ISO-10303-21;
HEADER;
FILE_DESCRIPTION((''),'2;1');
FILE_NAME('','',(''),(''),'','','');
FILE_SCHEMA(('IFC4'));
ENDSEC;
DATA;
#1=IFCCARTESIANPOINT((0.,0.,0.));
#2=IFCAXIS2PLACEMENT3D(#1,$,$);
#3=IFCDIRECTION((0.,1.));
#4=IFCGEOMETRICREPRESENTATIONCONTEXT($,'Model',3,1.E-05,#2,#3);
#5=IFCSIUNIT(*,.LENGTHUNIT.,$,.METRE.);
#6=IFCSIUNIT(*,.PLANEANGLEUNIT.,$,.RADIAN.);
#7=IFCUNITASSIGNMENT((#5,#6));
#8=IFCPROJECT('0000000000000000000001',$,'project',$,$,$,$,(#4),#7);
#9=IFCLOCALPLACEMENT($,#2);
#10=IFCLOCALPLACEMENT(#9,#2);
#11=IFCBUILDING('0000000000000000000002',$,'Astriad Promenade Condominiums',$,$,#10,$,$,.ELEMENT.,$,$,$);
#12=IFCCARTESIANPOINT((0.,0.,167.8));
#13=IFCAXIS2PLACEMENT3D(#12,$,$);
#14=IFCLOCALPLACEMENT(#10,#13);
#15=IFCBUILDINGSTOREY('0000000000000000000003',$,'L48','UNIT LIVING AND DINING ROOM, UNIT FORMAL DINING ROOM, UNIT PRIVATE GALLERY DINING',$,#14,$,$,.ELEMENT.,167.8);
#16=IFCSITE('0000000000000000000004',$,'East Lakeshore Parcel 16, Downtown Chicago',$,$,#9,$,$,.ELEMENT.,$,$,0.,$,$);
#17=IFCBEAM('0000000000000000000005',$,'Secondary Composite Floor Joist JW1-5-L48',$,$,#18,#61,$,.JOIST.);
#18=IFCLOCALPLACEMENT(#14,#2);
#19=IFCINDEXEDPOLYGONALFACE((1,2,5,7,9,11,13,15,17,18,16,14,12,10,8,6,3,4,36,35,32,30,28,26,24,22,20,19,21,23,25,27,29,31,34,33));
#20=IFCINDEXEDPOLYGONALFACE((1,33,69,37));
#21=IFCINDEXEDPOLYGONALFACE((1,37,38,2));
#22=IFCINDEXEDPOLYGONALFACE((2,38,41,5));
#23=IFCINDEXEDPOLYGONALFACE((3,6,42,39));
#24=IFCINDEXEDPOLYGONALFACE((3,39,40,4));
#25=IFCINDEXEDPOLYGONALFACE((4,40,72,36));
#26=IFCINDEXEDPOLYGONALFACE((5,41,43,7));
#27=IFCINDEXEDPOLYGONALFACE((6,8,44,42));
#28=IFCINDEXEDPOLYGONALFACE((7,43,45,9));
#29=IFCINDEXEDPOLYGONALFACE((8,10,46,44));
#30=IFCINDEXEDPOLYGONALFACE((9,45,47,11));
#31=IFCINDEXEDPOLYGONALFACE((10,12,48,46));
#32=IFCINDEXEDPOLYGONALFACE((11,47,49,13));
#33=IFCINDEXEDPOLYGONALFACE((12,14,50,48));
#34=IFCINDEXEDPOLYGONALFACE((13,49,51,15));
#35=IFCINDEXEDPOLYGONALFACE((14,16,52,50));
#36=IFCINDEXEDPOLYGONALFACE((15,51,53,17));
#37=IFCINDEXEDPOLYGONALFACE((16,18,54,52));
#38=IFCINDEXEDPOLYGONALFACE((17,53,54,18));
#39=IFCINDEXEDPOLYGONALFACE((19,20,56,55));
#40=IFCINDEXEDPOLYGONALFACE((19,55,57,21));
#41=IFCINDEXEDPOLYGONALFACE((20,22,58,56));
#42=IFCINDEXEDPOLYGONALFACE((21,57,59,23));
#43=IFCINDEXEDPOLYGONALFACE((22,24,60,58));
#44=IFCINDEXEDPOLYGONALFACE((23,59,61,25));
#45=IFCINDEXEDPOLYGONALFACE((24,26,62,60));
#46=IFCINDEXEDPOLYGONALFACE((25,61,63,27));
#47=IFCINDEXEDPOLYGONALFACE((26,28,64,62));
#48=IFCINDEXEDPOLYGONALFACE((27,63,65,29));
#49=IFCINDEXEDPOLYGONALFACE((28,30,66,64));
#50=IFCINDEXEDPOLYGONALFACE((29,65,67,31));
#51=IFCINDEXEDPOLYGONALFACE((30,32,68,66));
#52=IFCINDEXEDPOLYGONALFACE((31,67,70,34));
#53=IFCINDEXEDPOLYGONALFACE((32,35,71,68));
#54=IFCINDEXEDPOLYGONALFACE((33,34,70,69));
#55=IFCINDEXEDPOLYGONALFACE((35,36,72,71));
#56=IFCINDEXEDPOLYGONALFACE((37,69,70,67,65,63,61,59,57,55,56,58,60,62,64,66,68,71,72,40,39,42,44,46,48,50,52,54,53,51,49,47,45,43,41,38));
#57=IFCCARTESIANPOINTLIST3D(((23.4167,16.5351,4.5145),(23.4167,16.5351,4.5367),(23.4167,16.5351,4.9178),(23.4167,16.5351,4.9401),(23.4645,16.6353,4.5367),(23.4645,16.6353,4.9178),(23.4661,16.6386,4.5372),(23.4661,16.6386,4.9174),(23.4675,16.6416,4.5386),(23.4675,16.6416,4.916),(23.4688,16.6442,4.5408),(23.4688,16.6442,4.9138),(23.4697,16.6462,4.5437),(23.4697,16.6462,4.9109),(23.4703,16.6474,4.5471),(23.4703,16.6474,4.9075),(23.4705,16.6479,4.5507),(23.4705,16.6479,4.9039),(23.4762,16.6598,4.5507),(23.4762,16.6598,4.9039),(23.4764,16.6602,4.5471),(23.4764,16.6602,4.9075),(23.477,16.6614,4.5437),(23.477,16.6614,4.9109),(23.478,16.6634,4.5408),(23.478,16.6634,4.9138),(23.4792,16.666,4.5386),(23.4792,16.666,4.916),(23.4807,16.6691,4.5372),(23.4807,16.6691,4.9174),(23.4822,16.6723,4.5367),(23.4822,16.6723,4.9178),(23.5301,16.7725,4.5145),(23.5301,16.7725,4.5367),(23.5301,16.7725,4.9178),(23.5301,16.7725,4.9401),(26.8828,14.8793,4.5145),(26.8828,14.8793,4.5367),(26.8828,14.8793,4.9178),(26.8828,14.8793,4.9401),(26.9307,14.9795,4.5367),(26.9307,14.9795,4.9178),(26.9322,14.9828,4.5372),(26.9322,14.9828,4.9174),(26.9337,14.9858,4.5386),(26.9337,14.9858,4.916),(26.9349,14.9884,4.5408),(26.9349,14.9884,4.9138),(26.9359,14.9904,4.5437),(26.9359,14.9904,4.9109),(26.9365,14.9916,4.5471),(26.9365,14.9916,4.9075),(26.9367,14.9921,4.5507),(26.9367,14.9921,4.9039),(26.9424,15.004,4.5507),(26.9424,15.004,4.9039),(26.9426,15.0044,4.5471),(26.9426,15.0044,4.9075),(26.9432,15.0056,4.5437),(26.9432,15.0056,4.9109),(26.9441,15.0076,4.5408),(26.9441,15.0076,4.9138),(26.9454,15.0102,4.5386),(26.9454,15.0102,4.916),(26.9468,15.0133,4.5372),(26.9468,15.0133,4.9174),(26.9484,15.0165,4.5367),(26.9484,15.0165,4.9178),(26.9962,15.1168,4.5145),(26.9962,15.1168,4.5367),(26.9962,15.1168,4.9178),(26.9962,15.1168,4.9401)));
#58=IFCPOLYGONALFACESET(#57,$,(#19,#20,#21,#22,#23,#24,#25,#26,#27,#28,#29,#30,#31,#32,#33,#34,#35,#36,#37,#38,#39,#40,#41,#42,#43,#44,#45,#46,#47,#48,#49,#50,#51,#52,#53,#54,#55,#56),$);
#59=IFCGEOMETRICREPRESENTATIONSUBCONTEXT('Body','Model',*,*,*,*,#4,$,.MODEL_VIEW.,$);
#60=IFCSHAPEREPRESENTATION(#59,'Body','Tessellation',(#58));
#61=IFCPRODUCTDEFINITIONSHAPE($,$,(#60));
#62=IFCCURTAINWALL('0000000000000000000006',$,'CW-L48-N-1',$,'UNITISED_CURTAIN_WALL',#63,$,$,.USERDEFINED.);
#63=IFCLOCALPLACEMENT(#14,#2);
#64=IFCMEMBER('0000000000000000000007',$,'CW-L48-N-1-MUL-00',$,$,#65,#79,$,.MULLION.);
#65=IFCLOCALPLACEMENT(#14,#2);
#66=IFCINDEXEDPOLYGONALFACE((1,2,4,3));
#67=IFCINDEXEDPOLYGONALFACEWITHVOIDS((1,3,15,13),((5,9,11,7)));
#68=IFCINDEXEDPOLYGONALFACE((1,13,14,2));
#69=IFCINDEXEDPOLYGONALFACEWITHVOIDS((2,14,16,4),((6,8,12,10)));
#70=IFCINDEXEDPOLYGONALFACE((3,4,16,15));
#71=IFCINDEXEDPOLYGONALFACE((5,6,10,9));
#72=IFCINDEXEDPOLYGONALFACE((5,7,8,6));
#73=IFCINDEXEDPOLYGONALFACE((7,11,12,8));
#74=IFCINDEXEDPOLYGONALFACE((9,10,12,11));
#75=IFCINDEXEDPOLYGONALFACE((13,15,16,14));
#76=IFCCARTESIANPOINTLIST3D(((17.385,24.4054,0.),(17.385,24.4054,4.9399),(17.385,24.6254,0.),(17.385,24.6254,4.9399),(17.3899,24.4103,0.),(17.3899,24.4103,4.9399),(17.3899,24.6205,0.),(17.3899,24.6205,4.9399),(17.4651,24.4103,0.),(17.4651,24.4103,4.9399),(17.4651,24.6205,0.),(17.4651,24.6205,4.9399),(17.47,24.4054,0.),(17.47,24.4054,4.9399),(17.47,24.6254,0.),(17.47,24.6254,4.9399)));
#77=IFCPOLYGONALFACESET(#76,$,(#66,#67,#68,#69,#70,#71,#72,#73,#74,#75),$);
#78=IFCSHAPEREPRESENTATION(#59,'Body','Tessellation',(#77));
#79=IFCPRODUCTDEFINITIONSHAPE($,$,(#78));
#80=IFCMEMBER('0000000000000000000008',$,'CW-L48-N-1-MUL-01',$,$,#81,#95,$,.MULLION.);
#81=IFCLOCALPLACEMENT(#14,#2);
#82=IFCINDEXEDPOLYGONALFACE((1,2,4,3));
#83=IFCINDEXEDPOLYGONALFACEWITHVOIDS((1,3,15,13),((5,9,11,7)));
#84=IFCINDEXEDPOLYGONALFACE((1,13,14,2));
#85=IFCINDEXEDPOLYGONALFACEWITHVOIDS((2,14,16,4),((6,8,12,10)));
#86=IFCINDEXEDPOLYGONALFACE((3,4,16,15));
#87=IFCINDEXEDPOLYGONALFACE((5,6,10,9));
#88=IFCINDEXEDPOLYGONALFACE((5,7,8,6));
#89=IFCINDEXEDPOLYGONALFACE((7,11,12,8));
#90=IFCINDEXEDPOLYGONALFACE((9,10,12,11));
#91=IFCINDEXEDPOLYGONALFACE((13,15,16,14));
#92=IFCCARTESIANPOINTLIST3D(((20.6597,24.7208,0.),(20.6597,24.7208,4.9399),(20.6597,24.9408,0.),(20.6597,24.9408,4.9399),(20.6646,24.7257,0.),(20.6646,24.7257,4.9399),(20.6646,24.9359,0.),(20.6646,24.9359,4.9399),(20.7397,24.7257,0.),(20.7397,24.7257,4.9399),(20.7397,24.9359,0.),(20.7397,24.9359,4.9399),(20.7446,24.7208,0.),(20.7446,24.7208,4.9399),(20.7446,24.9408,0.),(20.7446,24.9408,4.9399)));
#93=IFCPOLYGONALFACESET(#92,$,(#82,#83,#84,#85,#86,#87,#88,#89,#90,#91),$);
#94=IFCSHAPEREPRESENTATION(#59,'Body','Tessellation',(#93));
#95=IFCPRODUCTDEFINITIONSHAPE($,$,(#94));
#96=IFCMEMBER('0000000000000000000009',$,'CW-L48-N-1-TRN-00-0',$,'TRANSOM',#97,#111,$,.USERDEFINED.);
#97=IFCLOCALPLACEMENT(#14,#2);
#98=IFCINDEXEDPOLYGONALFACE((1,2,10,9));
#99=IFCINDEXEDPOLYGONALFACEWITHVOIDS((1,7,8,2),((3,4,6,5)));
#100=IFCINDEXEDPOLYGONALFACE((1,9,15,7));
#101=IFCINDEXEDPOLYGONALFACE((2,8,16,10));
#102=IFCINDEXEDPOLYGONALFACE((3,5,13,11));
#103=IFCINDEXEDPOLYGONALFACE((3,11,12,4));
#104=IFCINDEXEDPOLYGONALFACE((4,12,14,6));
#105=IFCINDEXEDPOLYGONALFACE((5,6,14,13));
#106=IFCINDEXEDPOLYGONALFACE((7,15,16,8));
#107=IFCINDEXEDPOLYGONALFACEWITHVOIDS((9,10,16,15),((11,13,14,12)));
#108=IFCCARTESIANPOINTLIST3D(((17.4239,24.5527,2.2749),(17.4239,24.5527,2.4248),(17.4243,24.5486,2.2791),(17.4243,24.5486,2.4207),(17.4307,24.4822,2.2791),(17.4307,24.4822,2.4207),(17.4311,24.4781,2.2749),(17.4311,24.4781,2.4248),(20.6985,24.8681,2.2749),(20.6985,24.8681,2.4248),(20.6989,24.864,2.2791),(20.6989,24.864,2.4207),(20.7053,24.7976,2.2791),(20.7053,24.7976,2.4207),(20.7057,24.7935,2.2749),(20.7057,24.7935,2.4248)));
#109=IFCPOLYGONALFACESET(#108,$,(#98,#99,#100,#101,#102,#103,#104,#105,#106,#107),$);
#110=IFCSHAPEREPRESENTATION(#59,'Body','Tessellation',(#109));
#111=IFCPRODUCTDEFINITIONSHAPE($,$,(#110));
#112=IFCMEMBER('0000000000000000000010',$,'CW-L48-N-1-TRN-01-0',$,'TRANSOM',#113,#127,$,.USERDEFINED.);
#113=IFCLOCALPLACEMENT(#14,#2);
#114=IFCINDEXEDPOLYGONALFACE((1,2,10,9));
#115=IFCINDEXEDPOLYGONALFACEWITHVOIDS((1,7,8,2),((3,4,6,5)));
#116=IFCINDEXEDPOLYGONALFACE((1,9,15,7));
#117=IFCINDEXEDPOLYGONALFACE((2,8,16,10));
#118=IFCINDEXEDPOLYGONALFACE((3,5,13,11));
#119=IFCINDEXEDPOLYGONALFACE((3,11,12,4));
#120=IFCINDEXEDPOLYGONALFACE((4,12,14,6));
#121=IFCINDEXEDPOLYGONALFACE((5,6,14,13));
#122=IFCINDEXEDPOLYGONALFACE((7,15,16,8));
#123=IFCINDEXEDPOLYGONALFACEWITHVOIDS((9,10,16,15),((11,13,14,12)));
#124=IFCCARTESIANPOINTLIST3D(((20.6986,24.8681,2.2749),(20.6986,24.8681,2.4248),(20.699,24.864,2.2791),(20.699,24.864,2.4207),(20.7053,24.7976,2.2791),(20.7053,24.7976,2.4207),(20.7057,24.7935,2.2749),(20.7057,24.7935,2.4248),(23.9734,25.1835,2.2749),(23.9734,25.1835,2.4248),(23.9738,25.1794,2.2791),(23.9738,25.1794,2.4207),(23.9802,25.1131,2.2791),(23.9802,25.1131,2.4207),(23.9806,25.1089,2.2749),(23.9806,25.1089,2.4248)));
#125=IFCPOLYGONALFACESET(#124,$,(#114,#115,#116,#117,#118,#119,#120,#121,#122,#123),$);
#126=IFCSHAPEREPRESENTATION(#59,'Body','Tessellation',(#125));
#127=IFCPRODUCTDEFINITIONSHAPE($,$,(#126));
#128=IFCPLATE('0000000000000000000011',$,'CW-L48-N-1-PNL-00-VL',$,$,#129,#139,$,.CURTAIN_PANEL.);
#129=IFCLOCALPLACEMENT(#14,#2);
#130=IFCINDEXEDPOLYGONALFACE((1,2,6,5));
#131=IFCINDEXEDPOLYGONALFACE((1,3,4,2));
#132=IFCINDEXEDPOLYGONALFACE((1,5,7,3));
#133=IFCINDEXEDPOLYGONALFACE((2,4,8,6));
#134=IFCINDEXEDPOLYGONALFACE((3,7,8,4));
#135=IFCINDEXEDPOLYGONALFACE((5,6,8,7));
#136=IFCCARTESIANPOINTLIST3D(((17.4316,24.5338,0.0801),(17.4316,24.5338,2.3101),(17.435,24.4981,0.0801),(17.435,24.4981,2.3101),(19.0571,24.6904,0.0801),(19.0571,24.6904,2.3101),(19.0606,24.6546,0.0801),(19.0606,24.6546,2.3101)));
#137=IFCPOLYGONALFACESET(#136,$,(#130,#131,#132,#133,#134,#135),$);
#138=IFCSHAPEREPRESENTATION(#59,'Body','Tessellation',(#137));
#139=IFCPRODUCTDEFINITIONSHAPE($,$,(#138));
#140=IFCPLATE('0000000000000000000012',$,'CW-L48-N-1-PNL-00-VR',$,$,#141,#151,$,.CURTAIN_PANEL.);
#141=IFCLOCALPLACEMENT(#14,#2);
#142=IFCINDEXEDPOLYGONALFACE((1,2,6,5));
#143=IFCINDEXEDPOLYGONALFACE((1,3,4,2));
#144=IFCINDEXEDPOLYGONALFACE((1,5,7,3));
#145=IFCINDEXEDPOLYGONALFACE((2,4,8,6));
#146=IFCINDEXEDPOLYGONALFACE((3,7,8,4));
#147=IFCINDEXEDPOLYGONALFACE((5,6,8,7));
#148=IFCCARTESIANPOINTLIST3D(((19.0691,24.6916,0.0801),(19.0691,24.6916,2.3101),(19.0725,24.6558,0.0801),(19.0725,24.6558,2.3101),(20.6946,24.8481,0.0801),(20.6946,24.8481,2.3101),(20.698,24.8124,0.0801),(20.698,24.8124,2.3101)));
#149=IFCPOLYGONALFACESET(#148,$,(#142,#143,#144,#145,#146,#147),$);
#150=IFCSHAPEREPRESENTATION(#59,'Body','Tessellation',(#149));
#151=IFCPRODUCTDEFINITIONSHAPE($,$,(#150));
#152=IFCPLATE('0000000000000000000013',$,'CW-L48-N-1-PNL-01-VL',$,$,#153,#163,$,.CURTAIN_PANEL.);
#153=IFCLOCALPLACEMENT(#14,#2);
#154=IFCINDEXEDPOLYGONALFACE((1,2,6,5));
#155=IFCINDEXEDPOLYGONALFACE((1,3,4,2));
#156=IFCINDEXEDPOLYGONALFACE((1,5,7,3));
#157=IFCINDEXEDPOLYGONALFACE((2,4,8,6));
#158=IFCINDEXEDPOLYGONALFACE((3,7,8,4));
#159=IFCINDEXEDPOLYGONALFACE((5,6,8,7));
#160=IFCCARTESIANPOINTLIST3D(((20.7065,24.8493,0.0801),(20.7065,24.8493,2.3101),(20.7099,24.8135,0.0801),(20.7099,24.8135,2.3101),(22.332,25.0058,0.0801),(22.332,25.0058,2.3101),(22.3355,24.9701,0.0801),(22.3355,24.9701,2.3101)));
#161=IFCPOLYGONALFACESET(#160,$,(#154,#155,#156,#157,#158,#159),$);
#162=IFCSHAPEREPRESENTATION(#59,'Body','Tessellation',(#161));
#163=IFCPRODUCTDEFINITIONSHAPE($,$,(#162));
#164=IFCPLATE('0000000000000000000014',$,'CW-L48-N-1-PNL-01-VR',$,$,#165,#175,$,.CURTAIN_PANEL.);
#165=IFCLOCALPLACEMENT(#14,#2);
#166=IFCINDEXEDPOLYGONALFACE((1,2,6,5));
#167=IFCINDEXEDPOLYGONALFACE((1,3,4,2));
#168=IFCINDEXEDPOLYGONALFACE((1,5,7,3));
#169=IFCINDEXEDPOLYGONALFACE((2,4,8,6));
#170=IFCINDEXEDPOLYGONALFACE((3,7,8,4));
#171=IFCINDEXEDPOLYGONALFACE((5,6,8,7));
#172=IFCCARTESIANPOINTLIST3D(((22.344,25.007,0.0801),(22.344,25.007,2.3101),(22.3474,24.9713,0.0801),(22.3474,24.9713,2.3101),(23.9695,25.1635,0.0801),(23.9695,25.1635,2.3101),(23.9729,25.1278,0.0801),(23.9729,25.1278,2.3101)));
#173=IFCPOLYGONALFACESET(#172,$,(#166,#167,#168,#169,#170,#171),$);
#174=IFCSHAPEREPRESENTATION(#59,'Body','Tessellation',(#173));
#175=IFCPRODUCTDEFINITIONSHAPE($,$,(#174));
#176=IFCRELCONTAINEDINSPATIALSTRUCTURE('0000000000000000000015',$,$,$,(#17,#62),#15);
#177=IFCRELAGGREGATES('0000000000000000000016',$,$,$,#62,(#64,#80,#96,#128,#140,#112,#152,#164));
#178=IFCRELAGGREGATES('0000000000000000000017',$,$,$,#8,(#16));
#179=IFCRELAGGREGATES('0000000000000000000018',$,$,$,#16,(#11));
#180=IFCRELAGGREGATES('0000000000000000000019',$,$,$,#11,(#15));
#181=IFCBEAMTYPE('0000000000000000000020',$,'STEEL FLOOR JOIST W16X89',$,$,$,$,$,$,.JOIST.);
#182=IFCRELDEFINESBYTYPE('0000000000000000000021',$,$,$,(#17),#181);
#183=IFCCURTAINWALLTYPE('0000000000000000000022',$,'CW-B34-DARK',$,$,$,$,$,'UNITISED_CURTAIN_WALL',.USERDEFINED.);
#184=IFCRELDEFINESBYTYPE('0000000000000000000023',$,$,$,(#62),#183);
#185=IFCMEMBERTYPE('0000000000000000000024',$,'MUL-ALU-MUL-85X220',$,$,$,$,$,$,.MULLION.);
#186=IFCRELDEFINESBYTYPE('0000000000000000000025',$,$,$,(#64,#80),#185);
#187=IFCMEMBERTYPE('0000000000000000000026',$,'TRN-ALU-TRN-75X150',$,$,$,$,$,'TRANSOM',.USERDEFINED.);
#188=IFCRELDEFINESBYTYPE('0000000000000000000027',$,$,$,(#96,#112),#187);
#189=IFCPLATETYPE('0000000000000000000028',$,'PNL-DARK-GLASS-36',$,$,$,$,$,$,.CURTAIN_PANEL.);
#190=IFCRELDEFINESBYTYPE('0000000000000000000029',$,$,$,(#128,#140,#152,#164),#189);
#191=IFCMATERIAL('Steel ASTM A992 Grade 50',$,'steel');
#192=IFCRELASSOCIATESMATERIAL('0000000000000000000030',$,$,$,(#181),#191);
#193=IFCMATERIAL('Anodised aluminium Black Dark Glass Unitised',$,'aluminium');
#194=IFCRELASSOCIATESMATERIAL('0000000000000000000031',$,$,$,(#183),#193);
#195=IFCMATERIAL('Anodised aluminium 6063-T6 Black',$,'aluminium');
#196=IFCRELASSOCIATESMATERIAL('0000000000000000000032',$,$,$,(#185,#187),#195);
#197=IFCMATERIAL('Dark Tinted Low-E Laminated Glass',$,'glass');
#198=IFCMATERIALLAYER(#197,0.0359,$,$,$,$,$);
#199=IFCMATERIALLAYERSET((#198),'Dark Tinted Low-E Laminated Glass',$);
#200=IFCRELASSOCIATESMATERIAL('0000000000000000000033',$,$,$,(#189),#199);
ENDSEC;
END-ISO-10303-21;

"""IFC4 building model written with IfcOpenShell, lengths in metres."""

from ifc_helpers import new_model, si_unit, direction, frame, origin, origin_2d, place, context, subcontext, project, spatial, rectangle, hollow_rectangle, i_section, extrude, source, transform, mapped, material, layer, layer_set, material_profile, profile_set, type_object, type_shapes, element, aggregate, save


model = new_model("IFC4")

# Units and contexts
model_context = context("Model", 3, precision=1e-05, world=origin(), true_north=direction((0.0, 1.0)))
body_context = subcontext(model_context, "Body", "Model", "MODEL_VIEW")
ifc_project = project(units=[si_unit("LENGTHUNIT", "METRE"), si_unit("PLANEANGLEUNIT", "RADIAN")], contexts=[model_context])

# Site, building, storey
site_placement = place(None, origin())
site = spatial("IfcSite", under=ifc_project, at=site_placement, Name="East Lakeshore Parcel 16, Downtown Chicago", CompositionType="ELEMENT", RefElevation=0.0)
building_placement = place(site_placement, origin())
building = spatial("IfcBuilding", under=site, at=building_placement, Name="Astriad Promenade Condominiums", CompositionType="ELEMENT")
storey_placement = place(building_placement, frame((0.0, 0.0, 167.8)))
storey = spatial("IfcBuildingStorey", under=building, at=storey_placement, Name="L48", Description="UNIT LIVING AND DINING ROOM, UNIT FORMAL DINING ROOM, UNIT PRIVATE GALLERY DINING", CompositionType="ELEMENT", Elevation=167.8)

# Beam
ifc_material_1 = material(Name="Steel ASTM A992 Grade 50", Category="steel")
ifc_material_profile_1 = material_profile(ifc_material_1, i_section(OverallWidth=0.2632, OverallDepth=0.4255, WebThickness=0.0132, FlangeThickness=0.0222, FilletRadius=0.0139, at=origin_2d()), Name="W16X89")
ifc_profile_set_1 = profile_set([ifc_material_profile_1], Name="Steel ASTM A992 Grade 50")
beam_type = type_object("IfcBeamType", Name="STEEL FLOOR JOIST W16X89", PredefinedType="JOIST", material=ifc_profile_set_1)
shared_shape_1 = source(origin(), body_context, "Body", "SweptSolid", [
    extrude(i_section(OverallWidth=0.2632, OverallDepth=0.4255, WebThickness=0.0132, FlangeThickness=0.0222, FilletRadius=0.0139, at=origin_2d()), origin(), (0.0, 0.0, 1.0), 3.8413),
])
beam_1_placement = place(storey_placement, frame((23.4734, 16.6538, 4.7273), z_axis=(0.902329, -0.431048, 0.0), x_axis=(0.431048, 0.902329, 0.0)))
element("IfcBeam", 1, at=beam_1_placement, inside=storey, type_object=beam_type, Name="Secondary Composite Floor Joist JW1-5-L48", PredefinedType="JOIST", context=body_context, shape_type="MappedRepresentation", body=[
    mapped(shared_shape_1, transform((0.0, 0.0, 0.0), scale=1.0)),
])

# Curtain wall, members, plates
ifc_material_2 = material(Name="Anodised aluminium Black Dark Glass Unitised", Category="aluminium")
curtain_wall_type = type_object("IfcCurtainWallType", Name="CW-B34-DARK", ElementType="UNITISED_CURTAIN_WALL", PredefinedType="USERDEFINED", material=ifc_material_2)
curtain_wall_placement = place(storey_placement, origin())
curtain_wall = element("IfcCurtainWall", 2, at=curtain_wall_placement, inside=storey, type_object=curtain_wall_type, Name="CW-L48-N-1", ObjectType="UNITISED_CURTAIN_WALL", PredefinedType="USERDEFINED")
ifc_material_3 = material(Name="Anodised aluminium 6063-T6 Black", Category="aluminium")
ifc_material_profile_2 = material_profile(ifc_material_3, hollow_rectangle(XDim=0.085, YDim=0.22, WallThickness=0.0049, at=origin_2d()), Name="ALU-MUL-85X220")
ifc_profile_set_2 = profile_set([ifc_material_profile_2], Name="Anodised aluminium 6063-T6 Black")
member_type_1 = type_object("IfcMemberType", Name="MUL-ALU-MUL-85X220", PredefinedType="MULLION", material=ifc_profile_set_2)
shared_shape_2 = source(origin(), body_context, "Body", "SweptSolid", [
    extrude(hollow_rectangle(XDim=0.085, YDim=0.22, WallThickness=0.0049, at=origin_2d()), origin(), (0.0, 0.0, 1.0), 4.9399),
])
type_shapes(member_type_1, [shared_shape_2])
member_1_placement = place(storey_placement, frame((17.4275, 24.5154, 0.0), z_axis=(0.0, 0.0, 1.0), x_axis=(1.0, 0.0, 0.0)))
member_1 = element("IfcMember", 3, at=member_1_placement, type_object=member_type_1, Name="CW-L48-N-1-MUL-00", PredefinedType="MULLION", context=body_context, shape_type="MappedRepresentation", body=[
    mapped(shared_shape_2, transform((0.0, 0.0, 0.0), scale=1.0)),
])
member_2_placement = place(storey_placement, frame((20.7021, 24.8308, 0.0), z_axis=(0.0, 0.0, 1.0), x_axis=(1.0, 0.0, 0.0)))
member_2 = element("IfcMember", 4, at=member_2_placement, type_object=member_type_1, Name="CW-L48-N-1-MUL-01", PredefinedType="MULLION", context=body_context, shape_type="MappedRepresentation", body=[
    mapped(shared_shape_2, transform((0.0, 0.0, 0.0), scale=1.0)),
])
ifc_material_profile_3 = material_profile(ifc_material_3, hollow_rectangle(XDim=0.075, YDim=0.1499, WallThickness=0.0042, at=origin_2d()), Name="ALU-TRN-75X150")
ifc_profile_set_3 = profile_set([ifc_material_profile_3], Name="Anodised aluminium 6063-T6 Black")
member_type_2 = type_object("IfcMemberType", Name="TRN-ALU-TRN-75X150", ElementType="TRANSOM", PredefinedType="USERDEFINED", material=ifc_profile_set_3)
shared_shape_3 = source(origin(), body_context, "Body", "SweptSolid", [
    extrude(hollow_rectangle(XDim=0.075, YDim=0.1499, WallThickness=0.0042, at=origin_2d()), origin(), (0.0, 0.0, 1.0), 3.2898),
])
member_3_placement = place(storey_placement, frame((17.4275, 24.5154, 2.3499), z_axis=(0.995393, 0.095881, 0.0), x_axis=(-0.095881, 0.995393, 0.0)))
member_3 = element("IfcMember", 5, at=member_3_placement, type_object=member_type_2, Name="CW-L48-N-1-TRN-00-0", ObjectType="TRANSOM", PredefinedType="USERDEFINED", context=body_context, shape_type="MappedRepresentation", body=[
    mapped(shared_shape_3, transform((0.0, 0.0, 0.0), scale=1.0)),
])
shared_shape_4 = source(origin(), body_context, "Body", "SweptSolid", [
    extrude(hollow_rectangle(XDim=0.075, YDim=0.1499, WallThickness=0.0042, at=origin_2d()), origin(), (0.0, 0.0, 1.0), 3.29),
])
type_shapes(member_type_2, [shared_shape_3, shared_shape_4])
member_4_placement = place(storey_placement, frame((20.7021, 24.8308, 2.3499), z_axis=(0.995394, 0.095874, 0.0), x_axis=(-0.095874, 0.995394, 0.0)))
member_4 = element("IfcMember", 6, at=member_4_placement, type_object=member_type_2, Name="CW-L48-N-1-TRN-01-0", ObjectType="TRANSOM", PredefinedType="USERDEFINED", context=body_context, shape_type="MappedRepresentation", body=[
    mapped(shared_shape_4, transform((0.0, 0.0, 0.0), scale=1.0)),
])
ifc_material_4 = material(Name="Dark Tinted Low-E Laminated Glass", Category="glass")
ifc_layer_1 = layer(ifc_material_4, 0.0359)
ifc_layer_set_1 = layer_set([ifc_layer_1], Name="Dark Tinted Low-E Laminated Glass")
plate_type = type_object("IfcPlateType", Name="PNL-DARK-GLASS-36", PredefinedType="CURTAIN_PANEL", material=ifc_layer_set_1)
shared_shape_5 = source(origin(), body_context, "Body", "SweptSolid", [
    extrude(rectangle(XDim=1.6331, YDim=0.0359, at=origin_2d()), origin(), (0.0, 0.0, 1.0), 2.23),
])
plate_1_placement = place(storey_placement, frame((18.2461, 24.5942, 0.0801), z_axis=(0.0, 0.0, 1.0), x_axis=(0.995396, 0.095846, 0.0)))
plate_1 = element("IfcPlate", 7, at=plate_1_placement, type_object=plate_type, Name="CW-L48-N-1-PNL-00-VL", PredefinedType="CURTAIN_PANEL", context=body_context, shape_type="MappedRepresentation", body=[
    mapped(shared_shape_5, transform((0.0, 0.0, 0.0), scale=1.0)),
])
plate_2_placement = place(storey_placement, frame((19.8835, 24.752, 0.0801), z_axis=(0.0, 0.0, 1.0), x_axis=(0.995396, 0.095846, 0.0)))
plate_2 = element("IfcPlate", 8, at=plate_2_placement, type_object=plate_type, Name="CW-L48-N-1-PNL-00-VR", PredefinedType="CURTAIN_PANEL", context=body_context, shape_type="MappedRepresentation", body=[
    mapped(shared_shape_5, transform((0.0, 0.0, 0.0), scale=1.0)),
])
plate_3_placement = place(storey_placement, frame((21.521, 24.9097, 0.0801), z_axis=(0.0, 0.0, 1.0), x_axis=(0.995396, 0.095846, 0.0)))
plate_3 = element("IfcPlate", 9, at=plate_3_placement, type_object=plate_type, Name="CW-L48-N-1-PNL-01-VL", PredefinedType="CURTAIN_PANEL", context=body_context, shape_type="MappedRepresentation", body=[
    mapped(shared_shape_5, transform((0.0, 0.0, 0.0), scale=1.0)),
])
plate_4_placement = place(storey_placement, frame((23.1584, 25.0674, 0.0801), z_axis=(0.0, 0.0, 1.0), x_axis=(0.995396, 0.095846, 0.0)))
plate_4 = element("IfcPlate", 10, at=plate_4_placement, type_object=plate_type, Name="CW-L48-N-1-PNL-01-VR", PredefinedType="CURTAIN_PANEL", context=body_context, shape_type="MappedRepresentation", body=[
    mapped(shared_shape_5, transform((0.0, 0.0, 0.0), scale=1.0)),
])
aggregate(curtain_wall, [member_1, member_2, member_3, plate_1, plate_2, member_4, plate_3, plate_4])

save(model, "model.ifc")
